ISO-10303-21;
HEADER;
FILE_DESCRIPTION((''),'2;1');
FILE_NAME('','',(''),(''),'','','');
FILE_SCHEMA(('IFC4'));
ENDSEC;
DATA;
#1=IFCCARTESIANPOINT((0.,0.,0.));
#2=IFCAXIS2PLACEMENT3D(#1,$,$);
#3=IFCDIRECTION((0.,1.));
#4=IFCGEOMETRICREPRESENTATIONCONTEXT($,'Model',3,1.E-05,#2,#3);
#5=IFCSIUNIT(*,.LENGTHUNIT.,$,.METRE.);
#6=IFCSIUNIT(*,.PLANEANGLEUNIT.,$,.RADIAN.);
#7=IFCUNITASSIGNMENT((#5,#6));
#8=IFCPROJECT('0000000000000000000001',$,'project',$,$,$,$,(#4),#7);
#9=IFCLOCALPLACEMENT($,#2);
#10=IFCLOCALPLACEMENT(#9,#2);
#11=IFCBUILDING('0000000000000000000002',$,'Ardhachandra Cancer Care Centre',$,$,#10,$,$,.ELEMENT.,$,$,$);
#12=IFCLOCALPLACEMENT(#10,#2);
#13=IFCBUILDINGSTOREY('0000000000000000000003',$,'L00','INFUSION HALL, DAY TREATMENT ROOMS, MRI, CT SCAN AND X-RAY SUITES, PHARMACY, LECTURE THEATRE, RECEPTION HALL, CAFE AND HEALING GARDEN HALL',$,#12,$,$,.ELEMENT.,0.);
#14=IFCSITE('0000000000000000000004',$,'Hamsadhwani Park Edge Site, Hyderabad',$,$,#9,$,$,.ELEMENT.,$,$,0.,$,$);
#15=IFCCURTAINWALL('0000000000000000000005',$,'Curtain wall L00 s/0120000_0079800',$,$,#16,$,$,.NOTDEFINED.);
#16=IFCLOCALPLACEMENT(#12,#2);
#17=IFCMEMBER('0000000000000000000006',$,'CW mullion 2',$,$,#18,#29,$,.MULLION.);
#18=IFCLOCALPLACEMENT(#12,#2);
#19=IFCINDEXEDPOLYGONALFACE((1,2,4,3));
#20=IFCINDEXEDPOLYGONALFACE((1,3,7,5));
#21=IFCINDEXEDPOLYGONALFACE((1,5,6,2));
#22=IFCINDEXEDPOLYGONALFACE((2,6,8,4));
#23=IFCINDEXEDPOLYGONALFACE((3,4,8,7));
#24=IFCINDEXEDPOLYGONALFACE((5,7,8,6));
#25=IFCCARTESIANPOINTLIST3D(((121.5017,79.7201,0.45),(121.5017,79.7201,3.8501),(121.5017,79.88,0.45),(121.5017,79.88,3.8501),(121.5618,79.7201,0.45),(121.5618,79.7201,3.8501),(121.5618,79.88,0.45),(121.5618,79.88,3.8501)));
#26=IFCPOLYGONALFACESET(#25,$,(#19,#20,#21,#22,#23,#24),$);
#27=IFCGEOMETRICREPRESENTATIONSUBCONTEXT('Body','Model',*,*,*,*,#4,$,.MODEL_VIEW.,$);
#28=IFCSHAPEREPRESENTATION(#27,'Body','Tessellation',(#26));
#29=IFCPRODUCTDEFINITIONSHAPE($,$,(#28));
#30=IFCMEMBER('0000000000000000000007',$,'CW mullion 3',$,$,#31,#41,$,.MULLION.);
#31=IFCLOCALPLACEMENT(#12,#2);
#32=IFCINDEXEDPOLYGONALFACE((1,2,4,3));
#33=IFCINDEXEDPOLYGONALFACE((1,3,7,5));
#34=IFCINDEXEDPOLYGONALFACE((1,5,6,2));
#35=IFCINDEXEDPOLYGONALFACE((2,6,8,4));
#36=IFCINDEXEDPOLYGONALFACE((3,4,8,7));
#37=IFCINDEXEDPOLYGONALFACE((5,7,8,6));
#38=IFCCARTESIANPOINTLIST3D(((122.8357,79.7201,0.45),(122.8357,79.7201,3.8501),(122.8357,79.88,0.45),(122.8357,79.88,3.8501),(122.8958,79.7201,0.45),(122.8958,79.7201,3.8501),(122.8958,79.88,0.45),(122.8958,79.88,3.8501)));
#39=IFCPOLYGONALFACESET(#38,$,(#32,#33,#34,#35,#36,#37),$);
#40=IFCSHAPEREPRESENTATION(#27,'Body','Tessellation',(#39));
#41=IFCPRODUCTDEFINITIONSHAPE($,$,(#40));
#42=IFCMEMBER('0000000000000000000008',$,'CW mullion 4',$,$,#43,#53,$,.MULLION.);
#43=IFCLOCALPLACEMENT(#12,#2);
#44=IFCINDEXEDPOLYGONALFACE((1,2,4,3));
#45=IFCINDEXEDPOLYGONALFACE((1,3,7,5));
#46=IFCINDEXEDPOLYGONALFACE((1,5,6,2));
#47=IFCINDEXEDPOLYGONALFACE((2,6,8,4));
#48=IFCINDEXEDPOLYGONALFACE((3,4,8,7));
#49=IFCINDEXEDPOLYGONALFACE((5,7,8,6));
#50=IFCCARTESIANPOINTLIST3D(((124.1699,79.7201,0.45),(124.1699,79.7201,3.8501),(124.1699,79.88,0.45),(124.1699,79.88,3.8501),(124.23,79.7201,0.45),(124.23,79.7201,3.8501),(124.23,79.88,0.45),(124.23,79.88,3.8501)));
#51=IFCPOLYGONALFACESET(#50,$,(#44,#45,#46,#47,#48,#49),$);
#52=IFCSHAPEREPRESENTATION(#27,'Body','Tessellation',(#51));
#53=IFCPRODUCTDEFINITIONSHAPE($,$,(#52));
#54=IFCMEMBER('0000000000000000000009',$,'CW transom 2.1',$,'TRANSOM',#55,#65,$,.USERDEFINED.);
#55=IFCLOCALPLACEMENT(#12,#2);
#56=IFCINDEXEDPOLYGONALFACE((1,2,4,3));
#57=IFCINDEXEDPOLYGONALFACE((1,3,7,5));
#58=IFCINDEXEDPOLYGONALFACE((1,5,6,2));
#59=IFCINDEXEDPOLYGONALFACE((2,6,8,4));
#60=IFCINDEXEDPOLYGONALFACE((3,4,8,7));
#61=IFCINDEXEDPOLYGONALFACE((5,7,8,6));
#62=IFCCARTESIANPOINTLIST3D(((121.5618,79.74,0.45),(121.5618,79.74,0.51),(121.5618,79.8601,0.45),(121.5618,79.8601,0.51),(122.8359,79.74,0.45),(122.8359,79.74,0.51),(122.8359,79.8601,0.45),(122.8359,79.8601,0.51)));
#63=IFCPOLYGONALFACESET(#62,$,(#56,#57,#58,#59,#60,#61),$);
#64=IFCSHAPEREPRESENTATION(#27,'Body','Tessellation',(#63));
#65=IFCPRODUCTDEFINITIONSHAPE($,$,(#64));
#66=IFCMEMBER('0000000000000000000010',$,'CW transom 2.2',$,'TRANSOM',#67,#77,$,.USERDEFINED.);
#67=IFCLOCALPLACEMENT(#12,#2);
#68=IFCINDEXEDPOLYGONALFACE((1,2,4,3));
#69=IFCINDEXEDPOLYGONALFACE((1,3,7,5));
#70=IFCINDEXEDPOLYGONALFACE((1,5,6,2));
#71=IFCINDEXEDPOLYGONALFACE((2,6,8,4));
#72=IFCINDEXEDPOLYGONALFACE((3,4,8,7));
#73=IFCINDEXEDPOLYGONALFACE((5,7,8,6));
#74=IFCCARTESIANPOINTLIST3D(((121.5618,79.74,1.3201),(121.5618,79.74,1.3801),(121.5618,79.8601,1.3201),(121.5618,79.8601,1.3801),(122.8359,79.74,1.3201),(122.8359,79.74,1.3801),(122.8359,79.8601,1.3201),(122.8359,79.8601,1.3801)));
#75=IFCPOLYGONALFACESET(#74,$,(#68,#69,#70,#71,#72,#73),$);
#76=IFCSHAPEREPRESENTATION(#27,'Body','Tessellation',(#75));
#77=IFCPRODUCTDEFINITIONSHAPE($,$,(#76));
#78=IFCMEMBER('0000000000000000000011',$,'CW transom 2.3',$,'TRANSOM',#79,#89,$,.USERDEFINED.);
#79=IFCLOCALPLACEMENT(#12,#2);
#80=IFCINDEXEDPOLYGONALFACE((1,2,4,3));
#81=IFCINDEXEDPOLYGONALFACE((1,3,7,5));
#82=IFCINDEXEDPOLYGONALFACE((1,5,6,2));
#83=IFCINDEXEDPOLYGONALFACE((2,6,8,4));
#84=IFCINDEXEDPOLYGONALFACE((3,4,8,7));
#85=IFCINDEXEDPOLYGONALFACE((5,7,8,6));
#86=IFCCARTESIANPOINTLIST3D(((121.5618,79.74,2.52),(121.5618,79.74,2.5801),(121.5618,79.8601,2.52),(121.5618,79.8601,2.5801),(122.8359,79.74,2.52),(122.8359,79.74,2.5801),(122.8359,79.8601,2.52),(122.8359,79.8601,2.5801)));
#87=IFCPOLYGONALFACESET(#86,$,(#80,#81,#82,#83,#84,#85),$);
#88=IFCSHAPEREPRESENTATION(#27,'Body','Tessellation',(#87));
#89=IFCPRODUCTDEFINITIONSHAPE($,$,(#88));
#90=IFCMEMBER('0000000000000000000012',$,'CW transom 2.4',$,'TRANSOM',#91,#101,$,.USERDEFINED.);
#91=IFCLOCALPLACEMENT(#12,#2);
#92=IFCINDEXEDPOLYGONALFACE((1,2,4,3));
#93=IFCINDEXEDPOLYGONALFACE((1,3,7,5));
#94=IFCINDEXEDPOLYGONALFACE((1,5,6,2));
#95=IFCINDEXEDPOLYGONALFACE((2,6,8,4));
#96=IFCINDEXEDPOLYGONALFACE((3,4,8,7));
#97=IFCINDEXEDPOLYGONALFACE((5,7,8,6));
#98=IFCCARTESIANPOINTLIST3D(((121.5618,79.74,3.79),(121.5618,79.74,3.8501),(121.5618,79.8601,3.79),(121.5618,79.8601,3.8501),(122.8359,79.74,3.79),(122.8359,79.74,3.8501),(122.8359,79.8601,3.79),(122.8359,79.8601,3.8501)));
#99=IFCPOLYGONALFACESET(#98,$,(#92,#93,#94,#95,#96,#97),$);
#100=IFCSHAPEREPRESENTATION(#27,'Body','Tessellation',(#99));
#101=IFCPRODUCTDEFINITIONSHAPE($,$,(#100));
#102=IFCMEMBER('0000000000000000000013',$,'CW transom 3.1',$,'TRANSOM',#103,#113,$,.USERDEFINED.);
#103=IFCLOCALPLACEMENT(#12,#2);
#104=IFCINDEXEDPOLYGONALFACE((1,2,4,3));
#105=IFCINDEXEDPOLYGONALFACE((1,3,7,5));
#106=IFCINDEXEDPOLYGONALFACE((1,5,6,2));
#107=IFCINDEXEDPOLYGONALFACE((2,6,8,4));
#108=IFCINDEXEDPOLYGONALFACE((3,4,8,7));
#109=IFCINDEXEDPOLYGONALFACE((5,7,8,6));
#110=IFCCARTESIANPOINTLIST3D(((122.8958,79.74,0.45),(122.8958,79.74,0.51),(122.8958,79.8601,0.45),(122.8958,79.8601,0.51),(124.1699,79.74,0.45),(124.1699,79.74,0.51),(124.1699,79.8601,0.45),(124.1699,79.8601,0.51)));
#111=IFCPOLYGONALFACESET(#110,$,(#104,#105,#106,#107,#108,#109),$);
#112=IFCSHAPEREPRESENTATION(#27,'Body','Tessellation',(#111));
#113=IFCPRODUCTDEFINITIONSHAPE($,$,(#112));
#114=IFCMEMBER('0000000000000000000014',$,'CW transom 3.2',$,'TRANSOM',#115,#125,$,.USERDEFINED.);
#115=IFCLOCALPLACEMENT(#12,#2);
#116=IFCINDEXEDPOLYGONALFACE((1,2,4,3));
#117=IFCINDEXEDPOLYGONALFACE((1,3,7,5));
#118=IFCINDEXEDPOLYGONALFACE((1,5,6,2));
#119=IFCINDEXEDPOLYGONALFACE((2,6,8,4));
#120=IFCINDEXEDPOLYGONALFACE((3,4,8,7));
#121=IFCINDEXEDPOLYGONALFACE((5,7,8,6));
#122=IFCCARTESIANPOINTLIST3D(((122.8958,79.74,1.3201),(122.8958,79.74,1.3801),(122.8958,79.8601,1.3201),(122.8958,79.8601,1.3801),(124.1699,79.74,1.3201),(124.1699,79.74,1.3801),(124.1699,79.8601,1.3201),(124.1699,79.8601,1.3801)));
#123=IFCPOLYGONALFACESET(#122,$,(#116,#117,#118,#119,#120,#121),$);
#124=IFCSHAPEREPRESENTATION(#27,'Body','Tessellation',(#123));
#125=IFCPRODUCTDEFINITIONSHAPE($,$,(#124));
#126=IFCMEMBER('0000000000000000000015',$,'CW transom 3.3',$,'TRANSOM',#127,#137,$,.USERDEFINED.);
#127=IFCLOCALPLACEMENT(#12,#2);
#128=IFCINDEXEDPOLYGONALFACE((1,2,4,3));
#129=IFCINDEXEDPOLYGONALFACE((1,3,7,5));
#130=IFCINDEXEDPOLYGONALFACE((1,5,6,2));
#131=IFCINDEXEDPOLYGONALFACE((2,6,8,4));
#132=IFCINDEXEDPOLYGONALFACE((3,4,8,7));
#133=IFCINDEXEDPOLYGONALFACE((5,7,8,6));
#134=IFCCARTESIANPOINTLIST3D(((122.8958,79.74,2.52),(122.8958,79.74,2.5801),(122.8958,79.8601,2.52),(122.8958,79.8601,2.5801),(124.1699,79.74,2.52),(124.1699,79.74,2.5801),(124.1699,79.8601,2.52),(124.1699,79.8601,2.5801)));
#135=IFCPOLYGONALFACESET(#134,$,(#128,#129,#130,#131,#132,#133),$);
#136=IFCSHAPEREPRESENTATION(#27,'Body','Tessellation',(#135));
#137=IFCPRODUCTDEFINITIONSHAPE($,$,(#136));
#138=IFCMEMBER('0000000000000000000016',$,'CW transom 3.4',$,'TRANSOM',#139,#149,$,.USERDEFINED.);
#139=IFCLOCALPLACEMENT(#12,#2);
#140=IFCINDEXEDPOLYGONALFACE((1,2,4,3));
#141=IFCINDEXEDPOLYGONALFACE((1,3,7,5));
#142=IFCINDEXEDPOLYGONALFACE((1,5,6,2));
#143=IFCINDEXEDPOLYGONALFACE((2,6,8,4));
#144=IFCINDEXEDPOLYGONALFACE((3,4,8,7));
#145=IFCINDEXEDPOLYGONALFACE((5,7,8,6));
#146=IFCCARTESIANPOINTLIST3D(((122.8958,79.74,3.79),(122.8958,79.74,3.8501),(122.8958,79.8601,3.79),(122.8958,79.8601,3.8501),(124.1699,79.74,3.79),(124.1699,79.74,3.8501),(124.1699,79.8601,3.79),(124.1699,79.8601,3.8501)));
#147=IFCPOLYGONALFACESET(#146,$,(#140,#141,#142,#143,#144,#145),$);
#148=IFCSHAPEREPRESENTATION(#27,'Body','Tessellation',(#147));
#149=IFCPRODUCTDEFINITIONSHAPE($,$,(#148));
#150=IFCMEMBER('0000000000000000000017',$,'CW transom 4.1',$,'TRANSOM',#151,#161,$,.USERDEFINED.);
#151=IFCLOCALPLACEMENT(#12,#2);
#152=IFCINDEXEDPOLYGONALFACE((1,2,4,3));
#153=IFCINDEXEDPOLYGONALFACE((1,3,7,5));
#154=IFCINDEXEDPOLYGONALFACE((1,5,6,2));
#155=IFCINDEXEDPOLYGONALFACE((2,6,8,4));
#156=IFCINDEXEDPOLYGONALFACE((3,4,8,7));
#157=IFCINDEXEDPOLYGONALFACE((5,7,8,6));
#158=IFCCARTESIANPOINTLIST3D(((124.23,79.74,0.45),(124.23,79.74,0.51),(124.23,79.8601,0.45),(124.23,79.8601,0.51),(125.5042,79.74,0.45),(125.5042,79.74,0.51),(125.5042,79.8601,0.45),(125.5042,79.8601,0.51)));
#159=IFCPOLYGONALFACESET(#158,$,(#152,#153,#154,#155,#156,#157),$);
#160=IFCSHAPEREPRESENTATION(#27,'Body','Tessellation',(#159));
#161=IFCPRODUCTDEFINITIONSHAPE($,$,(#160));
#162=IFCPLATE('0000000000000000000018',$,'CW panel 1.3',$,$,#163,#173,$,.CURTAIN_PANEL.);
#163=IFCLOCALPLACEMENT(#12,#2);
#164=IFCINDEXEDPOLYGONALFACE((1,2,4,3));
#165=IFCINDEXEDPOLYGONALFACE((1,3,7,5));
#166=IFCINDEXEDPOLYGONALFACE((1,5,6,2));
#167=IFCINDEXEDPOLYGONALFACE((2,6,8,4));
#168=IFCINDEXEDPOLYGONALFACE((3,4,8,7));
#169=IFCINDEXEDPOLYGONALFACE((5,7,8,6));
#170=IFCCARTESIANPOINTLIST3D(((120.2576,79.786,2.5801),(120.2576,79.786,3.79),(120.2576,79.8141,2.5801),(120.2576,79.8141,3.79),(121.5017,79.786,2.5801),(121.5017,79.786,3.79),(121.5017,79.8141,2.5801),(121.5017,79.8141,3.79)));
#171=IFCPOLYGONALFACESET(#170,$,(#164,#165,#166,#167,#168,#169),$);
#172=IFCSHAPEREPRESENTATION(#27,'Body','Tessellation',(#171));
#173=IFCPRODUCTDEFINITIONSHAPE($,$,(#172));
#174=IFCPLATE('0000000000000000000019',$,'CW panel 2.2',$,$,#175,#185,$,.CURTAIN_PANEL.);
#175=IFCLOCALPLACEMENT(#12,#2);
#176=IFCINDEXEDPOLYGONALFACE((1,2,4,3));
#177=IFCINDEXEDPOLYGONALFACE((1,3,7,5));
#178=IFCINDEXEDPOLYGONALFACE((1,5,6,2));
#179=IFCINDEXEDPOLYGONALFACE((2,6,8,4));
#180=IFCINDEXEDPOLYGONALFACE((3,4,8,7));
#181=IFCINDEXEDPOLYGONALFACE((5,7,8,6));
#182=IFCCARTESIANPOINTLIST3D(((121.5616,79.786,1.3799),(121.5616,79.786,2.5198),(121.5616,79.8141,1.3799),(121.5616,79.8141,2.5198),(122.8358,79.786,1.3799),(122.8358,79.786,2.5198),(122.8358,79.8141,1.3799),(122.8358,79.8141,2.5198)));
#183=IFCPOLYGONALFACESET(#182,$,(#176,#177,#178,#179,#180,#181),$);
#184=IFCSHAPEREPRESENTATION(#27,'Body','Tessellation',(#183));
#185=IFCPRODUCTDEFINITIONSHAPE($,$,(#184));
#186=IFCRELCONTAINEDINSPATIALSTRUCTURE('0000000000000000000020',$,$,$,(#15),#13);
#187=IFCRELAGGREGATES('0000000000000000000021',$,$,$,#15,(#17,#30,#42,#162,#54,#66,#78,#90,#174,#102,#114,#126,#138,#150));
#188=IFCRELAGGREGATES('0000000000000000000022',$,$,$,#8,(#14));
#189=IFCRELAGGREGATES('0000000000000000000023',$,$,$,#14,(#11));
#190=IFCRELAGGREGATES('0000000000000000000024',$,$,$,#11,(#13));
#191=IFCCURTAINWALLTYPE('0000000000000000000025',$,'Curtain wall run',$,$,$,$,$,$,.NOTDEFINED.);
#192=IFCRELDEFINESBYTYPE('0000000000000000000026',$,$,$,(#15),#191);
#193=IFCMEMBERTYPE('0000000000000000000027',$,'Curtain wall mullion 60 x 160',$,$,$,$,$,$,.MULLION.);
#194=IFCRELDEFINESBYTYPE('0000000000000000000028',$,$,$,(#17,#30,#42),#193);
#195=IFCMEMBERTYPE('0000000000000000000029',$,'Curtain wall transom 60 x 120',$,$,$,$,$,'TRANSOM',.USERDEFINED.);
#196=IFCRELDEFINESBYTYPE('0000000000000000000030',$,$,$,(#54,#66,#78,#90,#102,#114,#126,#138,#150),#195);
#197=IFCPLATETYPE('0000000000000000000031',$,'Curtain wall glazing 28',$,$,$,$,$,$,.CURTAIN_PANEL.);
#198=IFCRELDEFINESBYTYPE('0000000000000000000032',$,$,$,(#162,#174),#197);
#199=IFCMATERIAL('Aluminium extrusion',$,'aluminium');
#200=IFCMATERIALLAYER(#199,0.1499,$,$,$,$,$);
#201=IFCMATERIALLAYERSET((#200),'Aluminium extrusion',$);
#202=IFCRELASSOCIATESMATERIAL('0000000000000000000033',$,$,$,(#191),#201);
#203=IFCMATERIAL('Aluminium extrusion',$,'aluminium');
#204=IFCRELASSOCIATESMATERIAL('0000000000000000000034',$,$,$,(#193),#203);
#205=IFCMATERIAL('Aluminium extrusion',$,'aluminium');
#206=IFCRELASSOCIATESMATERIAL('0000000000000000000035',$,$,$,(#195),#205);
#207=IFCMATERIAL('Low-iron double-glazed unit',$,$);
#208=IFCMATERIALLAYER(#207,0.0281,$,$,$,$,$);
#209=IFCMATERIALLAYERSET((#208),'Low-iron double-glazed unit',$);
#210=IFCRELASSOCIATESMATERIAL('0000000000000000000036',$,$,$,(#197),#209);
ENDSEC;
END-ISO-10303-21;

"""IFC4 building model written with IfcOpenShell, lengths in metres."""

from ifc_helpers import new_model, si_unit, direction, frame, origin, origin_2d, place, context, subcontext, project, spatial, rectangle, extrude, material, layer, layer_set, material_profile, profile_set, type_object, element, aggregate, save


model = new_model("IFC4")

# Units and contexts
model_context = context("Model", 3, precision=1e-05, world=origin(), true_north=direction((0.0, 1.0)))
body_context = subcontext(model_context, "Body", "Model", "MODEL_VIEW")
ifc_project = project(units=[si_unit("LENGTHUNIT", "METRE"), si_unit("PLANEANGLEUNIT", "RADIAN")], contexts=[model_context])

# Site, building, storey
site_placement = place(None, origin())
site = spatial("IfcSite", under=ifc_project, at=site_placement, Name="Hamsadhwani Park Edge Site, Hyderabad", CompositionType="ELEMENT", RefElevation=0.0)
building_placement = place(site_placement, origin())
building = spatial("IfcBuilding", under=site, at=building_placement, Name="Ardhachandra Cancer Care Centre", CompositionType="ELEMENT")
storey_placement = place(building_placement, origin())
storey = spatial("IfcBuildingStorey", under=building, at=storey_placement, Name="L00", Description="INFUSION HALL, DAY TREATMENT ROOMS, MRI, CT SCAN AND X-RAY SUITES, PHARMACY, LECTURE THEATRE, RECEPTION HALL, CAFE AND HEALING GARDEN HALL", CompositionType="ELEMENT", Elevation=0.0)

# Curtain wall, members, plates
ifc_material_1 = material(Name="Aluminium extrusion", Category="aluminium")
ifc_layer_1 = layer(ifc_material_1, 0.1499)
ifc_layer_set_1 = layer_set([ifc_layer_1], Name="Aluminium extrusion")
curtain_wall_type = type_object("IfcCurtainWallType", Name="Curtain wall run", PredefinedType="NOTDEFINED", material=ifc_layer_set_1)
curtain_wall_placement = place(storey_placement, origin())
curtain_wall = element("IfcCurtainWall", 1, at=curtain_wall_placement, inside=storey, type_object=curtain_wall_type, Name="Curtain wall L00 s/0120000_0079800", PredefinedType="NOTDEFINED")
ifc_material_2 = material(Name="Aluminium extrusion", Category="aluminium")
ifc_material_profile_1 = material_profile(ifc_material_2, rectangle(XDim=0.1599, YDim=0.0601, at=origin_2d()), Name="Curtain wall mullion 60 x 160")
ifc_profile_set_1 = profile_set([ifc_material_profile_1], Name="Aluminium extrusion")
member_type_1 = type_object("IfcMemberType", Name="Curtain wall mullion 60 x 160", PredefinedType="MULLION", material=ifc_profile_set_1)
member_1_placement = place(storey_placement, frame((121.5317, 79.8, 0.45), z_axis=(0.0, 0.0, 1.0), x_axis=(0.0, 1.0, 0.0)))
member_1 = element("IfcMember", 2, at=member_1_placement, type_object=member_type_1, Name="CW mullion 2", PredefinedType="MULLION", context=body_context, shape_type="SweptSolid", body=[
    extrude(rectangle(XDim=0.1599, YDim=0.0601, at=origin_2d()), origin(), (0.0, 0.0, 1.0), 3.4001),
])
member_2_placement = place(storey_placement, frame((122.8657, 79.8, 0.45), z_axis=(0.0, 0.0, 1.0), x_axis=(0.0, 1.0, 0.0)))
member_2 = element("IfcMember", 3, at=member_2_placement, type_object=member_type_1, Name="CW mullion 3", PredefinedType="MULLION", context=body_context, shape_type="SweptSolid", body=[
    extrude(rectangle(XDim=0.1599, YDim=0.0601, at=origin_2d()), origin(), (0.0, 0.0, 1.0), 3.4001),
])
member_3_placement = place(storey_placement, frame((124.2, 79.8, 0.45), z_axis=(0.0, 0.0, 1.0), x_axis=(0.0, 1.0, 0.0)))
member_3 = element("IfcMember", 4, at=member_3_placement, type_object=member_type_1, Name="CW mullion 4", PredefinedType="MULLION", context=body_context, shape_type="SweptSolid", body=[
    extrude(rectangle(XDim=0.1599, YDim=0.0601, at=origin_2d()), origin(), (0.0, 0.0, 1.0), 3.4001),
])
ifc_material_3 = material(Name="Aluminium extrusion", Category="aluminium")
ifc_material_profile_2 = material_profile(ifc_material_3, rectangle(XDim=0.1201, YDim=0.0601, at=origin_2d()), Name="Curtain wall transom 60 x 120")
ifc_profile_set_2 = profile_set([ifc_material_profile_2], Name="Aluminium extrusion")
member_type_2 = type_object("IfcMemberType", Name="Curtain wall transom 60 x 120", ElementType="TRANSOM", PredefinedType="USERDEFINED", material=ifc_profile_set_2)
member_4_placement = place(storey_placement, frame((121.5618, 79.8, 0.48), z_axis=(1.0, 0.0, 0.0), x_axis=(0.0, 1.0, 0.0)))
member_4 = element("IfcMember", 5, at=member_4_placement, type_object=member_type_2, Name="CW transom 2.1", ObjectType="TRANSOM", PredefinedType="USERDEFINED", context=body_context, shape_type="SweptSolid", body=[
    extrude(rectangle(XDim=0.1201, YDim=0.0601, at=origin_2d()), origin(), (0.0, 0.0, 1.0), 1.2742),
])
member_5_placement = place(storey_placement, frame((121.5618, 79.8, 1.3501), z_axis=(1.0, 0.0, 0.0), x_axis=(0.0, 1.0, 0.0)))
member_5 = element("IfcMember", 6, at=member_5_placement, type_object=member_type_2, Name="CW transom 2.2", ObjectType="TRANSOM", PredefinedType="USERDEFINED", context=body_context, shape_type="SweptSolid", body=[
    extrude(rectangle(XDim=0.1201, YDim=0.0601, at=origin_2d()), origin(), (0.0, 0.0, 1.0), 1.2742),
])
member_6_placement = place(storey_placement, frame((121.5618, 79.8, 2.55), z_axis=(1.0, 0.0, 0.0), x_axis=(0.0, 1.0, 0.0)))
member_6 = element("IfcMember", 7, at=member_6_placement, type_object=member_type_2, Name="CW transom 2.3", ObjectType="TRANSOM", PredefinedType="USERDEFINED", context=body_context, shape_type="SweptSolid", body=[
    extrude(rectangle(XDim=0.1201, YDim=0.0601, at=origin_2d()), origin(), (0.0, 0.0, 1.0), 1.2742),
])
member_7_placement = place(storey_placement, frame((121.5618, 79.8, 3.8201), z_axis=(1.0, 0.0, 0.0), x_axis=(0.0, 1.0, 0.0)))
member_7 = element("IfcMember", 8, at=member_7_placement, type_object=member_type_2, Name="CW transom 2.4", ObjectType="TRANSOM", PredefinedType="USERDEFINED", context=body_context, shape_type="SweptSolid", body=[
    extrude(rectangle(XDim=0.1201, YDim=0.0601, at=origin_2d()), origin(), (0.0, 0.0, 1.0), 1.2742),
])
member_8_placement = place(storey_placement, frame((122.8958, 79.8, 0.48), z_axis=(1.0, 0.0, 0.0), x_axis=(0.0, 1.0, 0.0)))
member_8 = element("IfcMember", 9, at=member_8_placement, type_object=member_type_2, Name="CW transom 3.1", ObjectType="TRANSOM", PredefinedType="USERDEFINED", context=body_context, shape_type="SweptSolid", body=[
    extrude(rectangle(XDim=0.1201, YDim=0.0601, at=origin_2d()), origin(), (0.0, 0.0, 1.0), 1.2742),
])
member_9_placement = place(storey_placement, frame((122.8958, 79.8, 1.3501), z_axis=(1.0, 0.0, 0.0), x_axis=(0.0, 1.0, 0.0)))
member_9 = element("IfcMember", 10, at=member_9_placement, type_object=member_type_2, Name="CW transom 3.2", ObjectType="TRANSOM", PredefinedType="USERDEFINED", context=body_context, shape_type="SweptSolid", body=[
    extrude(rectangle(XDim=0.1201, YDim=0.0601, at=origin_2d()), origin(), (0.0, 0.0, 1.0), 1.2742),
])
member_10_placement = place(storey_placement, frame((122.8958, 79.8, 2.55), z_axis=(1.0, 0.0, 0.0), x_axis=(0.0, 1.0, 0.0)))
member_10 = element("IfcMember", 11, at=member_10_placement, type_object=member_type_2, Name="CW transom 3.3", ObjectType="TRANSOM", PredefinedType="USERDEFINED", context=body_context, shape_type="SweptSolid", body=[
    extrude(rectangle(XDim=0.1201, YDim=0.0601, at=origin_2d()), origin(), (0.0, 0.0, 1.0), 1.2742),
])
member_11_placement = place(storey_placement, frame((122.8958, 79.8, 3.8201), z_axis=(1.0, 0.0, 0.0), x_axis=(0.0, 1.0, 0.0)))
member_11 = element("IfcMember", 12, at=member_11_placement, type_object=member_type_2, Name="CW transom 3.4", ObjectType="TRANSOM", PredefinedType="USERDEFINED", context=body_context, shape_type="SweptSolid", body=[
    extrude(rectangle(XDim=0.1201, YDim=0.0601, at=origin_2d()), origin(), (0.0, 0.0, 1.0), 1.2742),
])
member_12_placement = place(storey_placement, frame((124.23, 79.8, 0.48), z_axis=(1.0, 0.0, 0.0), x_axis=(0.0, 1.0, 0.0)))
member_12 = element("IfcMember", 13, at=member_12_placement, type_object=member_type_2, Name="CW transom 4.1", ObjectType="TRANSOM", PredefinedType="USERDEFINED", context=body_context, shape_type="SweptSolid", body=[
    extrude(rectangle(XDim=0.1201, YDim=0.0601, at=origin_2d()), origin(), (0.0, 0.0, 1.0), 1.2742),
])
ifc_material_4 = material(Name="Low-iron double-glazed unit")
ifc_layer_2 = layer(ifc_material_4, 0.0281)
ifc_layer_set_2 = layer_set([ifc_layer_2], Name="Low-iron double-glazed unit")
plate_type_1 = type_object("IfcPlateType", Name="Curtain wall glazing 28", PredefinedType="CURTAIN_PANEL", material=ifc_layer_set_2)
plate_1_placement = place(storey_placement, frame((120.8796, 79.8, 2.5801), z_axis=(0.0, 0.0, 1.0), x_axis=(1.0, 0.0, 0.0)))
plate_1 = element("IfcPlate", 14, at=plate_1_placement, type_object=plate_type_1, Name="CW panel 1.3", PredefinedType="CURTAIN_PANEL", context=body_context, shape_type="SweptSolid", body=[
    extrude(rectangle(XDim=1.2441, YDim=0.0281, at=origin_2d()), origin(), (0.0, 0.0, 1.0), 1.21),
])
plate_2_placement = place(storey_placement, frame((122.1987, 79.8, 1.3799), z_axis=(0.0, 0.0, 1.0), x_axis=(1.0, 0.0, 0.0)))
plate_2 = element("IfcPlate", 15, at=plate_2_placement, type_object=plate_type_1, Name="CW panel 2.2", PredefinedType="CURTAIN_PANEL", context=body_context, shape_type="SweptSolid", body=[
    extrude(rectangle(XDim=1.2742, YDim=0.0281, at=origin_2d()), origin(), (0.0, 0.0, 1.0), 1.1399),
])
aggregate(curtain_wall, [member_1, member_2, member_3, plate_1, member_4, member_5, member_6, member_7, plate_2, member_8, member_9, member_10, member_11, member_12])

save(model, "model.ifc")
